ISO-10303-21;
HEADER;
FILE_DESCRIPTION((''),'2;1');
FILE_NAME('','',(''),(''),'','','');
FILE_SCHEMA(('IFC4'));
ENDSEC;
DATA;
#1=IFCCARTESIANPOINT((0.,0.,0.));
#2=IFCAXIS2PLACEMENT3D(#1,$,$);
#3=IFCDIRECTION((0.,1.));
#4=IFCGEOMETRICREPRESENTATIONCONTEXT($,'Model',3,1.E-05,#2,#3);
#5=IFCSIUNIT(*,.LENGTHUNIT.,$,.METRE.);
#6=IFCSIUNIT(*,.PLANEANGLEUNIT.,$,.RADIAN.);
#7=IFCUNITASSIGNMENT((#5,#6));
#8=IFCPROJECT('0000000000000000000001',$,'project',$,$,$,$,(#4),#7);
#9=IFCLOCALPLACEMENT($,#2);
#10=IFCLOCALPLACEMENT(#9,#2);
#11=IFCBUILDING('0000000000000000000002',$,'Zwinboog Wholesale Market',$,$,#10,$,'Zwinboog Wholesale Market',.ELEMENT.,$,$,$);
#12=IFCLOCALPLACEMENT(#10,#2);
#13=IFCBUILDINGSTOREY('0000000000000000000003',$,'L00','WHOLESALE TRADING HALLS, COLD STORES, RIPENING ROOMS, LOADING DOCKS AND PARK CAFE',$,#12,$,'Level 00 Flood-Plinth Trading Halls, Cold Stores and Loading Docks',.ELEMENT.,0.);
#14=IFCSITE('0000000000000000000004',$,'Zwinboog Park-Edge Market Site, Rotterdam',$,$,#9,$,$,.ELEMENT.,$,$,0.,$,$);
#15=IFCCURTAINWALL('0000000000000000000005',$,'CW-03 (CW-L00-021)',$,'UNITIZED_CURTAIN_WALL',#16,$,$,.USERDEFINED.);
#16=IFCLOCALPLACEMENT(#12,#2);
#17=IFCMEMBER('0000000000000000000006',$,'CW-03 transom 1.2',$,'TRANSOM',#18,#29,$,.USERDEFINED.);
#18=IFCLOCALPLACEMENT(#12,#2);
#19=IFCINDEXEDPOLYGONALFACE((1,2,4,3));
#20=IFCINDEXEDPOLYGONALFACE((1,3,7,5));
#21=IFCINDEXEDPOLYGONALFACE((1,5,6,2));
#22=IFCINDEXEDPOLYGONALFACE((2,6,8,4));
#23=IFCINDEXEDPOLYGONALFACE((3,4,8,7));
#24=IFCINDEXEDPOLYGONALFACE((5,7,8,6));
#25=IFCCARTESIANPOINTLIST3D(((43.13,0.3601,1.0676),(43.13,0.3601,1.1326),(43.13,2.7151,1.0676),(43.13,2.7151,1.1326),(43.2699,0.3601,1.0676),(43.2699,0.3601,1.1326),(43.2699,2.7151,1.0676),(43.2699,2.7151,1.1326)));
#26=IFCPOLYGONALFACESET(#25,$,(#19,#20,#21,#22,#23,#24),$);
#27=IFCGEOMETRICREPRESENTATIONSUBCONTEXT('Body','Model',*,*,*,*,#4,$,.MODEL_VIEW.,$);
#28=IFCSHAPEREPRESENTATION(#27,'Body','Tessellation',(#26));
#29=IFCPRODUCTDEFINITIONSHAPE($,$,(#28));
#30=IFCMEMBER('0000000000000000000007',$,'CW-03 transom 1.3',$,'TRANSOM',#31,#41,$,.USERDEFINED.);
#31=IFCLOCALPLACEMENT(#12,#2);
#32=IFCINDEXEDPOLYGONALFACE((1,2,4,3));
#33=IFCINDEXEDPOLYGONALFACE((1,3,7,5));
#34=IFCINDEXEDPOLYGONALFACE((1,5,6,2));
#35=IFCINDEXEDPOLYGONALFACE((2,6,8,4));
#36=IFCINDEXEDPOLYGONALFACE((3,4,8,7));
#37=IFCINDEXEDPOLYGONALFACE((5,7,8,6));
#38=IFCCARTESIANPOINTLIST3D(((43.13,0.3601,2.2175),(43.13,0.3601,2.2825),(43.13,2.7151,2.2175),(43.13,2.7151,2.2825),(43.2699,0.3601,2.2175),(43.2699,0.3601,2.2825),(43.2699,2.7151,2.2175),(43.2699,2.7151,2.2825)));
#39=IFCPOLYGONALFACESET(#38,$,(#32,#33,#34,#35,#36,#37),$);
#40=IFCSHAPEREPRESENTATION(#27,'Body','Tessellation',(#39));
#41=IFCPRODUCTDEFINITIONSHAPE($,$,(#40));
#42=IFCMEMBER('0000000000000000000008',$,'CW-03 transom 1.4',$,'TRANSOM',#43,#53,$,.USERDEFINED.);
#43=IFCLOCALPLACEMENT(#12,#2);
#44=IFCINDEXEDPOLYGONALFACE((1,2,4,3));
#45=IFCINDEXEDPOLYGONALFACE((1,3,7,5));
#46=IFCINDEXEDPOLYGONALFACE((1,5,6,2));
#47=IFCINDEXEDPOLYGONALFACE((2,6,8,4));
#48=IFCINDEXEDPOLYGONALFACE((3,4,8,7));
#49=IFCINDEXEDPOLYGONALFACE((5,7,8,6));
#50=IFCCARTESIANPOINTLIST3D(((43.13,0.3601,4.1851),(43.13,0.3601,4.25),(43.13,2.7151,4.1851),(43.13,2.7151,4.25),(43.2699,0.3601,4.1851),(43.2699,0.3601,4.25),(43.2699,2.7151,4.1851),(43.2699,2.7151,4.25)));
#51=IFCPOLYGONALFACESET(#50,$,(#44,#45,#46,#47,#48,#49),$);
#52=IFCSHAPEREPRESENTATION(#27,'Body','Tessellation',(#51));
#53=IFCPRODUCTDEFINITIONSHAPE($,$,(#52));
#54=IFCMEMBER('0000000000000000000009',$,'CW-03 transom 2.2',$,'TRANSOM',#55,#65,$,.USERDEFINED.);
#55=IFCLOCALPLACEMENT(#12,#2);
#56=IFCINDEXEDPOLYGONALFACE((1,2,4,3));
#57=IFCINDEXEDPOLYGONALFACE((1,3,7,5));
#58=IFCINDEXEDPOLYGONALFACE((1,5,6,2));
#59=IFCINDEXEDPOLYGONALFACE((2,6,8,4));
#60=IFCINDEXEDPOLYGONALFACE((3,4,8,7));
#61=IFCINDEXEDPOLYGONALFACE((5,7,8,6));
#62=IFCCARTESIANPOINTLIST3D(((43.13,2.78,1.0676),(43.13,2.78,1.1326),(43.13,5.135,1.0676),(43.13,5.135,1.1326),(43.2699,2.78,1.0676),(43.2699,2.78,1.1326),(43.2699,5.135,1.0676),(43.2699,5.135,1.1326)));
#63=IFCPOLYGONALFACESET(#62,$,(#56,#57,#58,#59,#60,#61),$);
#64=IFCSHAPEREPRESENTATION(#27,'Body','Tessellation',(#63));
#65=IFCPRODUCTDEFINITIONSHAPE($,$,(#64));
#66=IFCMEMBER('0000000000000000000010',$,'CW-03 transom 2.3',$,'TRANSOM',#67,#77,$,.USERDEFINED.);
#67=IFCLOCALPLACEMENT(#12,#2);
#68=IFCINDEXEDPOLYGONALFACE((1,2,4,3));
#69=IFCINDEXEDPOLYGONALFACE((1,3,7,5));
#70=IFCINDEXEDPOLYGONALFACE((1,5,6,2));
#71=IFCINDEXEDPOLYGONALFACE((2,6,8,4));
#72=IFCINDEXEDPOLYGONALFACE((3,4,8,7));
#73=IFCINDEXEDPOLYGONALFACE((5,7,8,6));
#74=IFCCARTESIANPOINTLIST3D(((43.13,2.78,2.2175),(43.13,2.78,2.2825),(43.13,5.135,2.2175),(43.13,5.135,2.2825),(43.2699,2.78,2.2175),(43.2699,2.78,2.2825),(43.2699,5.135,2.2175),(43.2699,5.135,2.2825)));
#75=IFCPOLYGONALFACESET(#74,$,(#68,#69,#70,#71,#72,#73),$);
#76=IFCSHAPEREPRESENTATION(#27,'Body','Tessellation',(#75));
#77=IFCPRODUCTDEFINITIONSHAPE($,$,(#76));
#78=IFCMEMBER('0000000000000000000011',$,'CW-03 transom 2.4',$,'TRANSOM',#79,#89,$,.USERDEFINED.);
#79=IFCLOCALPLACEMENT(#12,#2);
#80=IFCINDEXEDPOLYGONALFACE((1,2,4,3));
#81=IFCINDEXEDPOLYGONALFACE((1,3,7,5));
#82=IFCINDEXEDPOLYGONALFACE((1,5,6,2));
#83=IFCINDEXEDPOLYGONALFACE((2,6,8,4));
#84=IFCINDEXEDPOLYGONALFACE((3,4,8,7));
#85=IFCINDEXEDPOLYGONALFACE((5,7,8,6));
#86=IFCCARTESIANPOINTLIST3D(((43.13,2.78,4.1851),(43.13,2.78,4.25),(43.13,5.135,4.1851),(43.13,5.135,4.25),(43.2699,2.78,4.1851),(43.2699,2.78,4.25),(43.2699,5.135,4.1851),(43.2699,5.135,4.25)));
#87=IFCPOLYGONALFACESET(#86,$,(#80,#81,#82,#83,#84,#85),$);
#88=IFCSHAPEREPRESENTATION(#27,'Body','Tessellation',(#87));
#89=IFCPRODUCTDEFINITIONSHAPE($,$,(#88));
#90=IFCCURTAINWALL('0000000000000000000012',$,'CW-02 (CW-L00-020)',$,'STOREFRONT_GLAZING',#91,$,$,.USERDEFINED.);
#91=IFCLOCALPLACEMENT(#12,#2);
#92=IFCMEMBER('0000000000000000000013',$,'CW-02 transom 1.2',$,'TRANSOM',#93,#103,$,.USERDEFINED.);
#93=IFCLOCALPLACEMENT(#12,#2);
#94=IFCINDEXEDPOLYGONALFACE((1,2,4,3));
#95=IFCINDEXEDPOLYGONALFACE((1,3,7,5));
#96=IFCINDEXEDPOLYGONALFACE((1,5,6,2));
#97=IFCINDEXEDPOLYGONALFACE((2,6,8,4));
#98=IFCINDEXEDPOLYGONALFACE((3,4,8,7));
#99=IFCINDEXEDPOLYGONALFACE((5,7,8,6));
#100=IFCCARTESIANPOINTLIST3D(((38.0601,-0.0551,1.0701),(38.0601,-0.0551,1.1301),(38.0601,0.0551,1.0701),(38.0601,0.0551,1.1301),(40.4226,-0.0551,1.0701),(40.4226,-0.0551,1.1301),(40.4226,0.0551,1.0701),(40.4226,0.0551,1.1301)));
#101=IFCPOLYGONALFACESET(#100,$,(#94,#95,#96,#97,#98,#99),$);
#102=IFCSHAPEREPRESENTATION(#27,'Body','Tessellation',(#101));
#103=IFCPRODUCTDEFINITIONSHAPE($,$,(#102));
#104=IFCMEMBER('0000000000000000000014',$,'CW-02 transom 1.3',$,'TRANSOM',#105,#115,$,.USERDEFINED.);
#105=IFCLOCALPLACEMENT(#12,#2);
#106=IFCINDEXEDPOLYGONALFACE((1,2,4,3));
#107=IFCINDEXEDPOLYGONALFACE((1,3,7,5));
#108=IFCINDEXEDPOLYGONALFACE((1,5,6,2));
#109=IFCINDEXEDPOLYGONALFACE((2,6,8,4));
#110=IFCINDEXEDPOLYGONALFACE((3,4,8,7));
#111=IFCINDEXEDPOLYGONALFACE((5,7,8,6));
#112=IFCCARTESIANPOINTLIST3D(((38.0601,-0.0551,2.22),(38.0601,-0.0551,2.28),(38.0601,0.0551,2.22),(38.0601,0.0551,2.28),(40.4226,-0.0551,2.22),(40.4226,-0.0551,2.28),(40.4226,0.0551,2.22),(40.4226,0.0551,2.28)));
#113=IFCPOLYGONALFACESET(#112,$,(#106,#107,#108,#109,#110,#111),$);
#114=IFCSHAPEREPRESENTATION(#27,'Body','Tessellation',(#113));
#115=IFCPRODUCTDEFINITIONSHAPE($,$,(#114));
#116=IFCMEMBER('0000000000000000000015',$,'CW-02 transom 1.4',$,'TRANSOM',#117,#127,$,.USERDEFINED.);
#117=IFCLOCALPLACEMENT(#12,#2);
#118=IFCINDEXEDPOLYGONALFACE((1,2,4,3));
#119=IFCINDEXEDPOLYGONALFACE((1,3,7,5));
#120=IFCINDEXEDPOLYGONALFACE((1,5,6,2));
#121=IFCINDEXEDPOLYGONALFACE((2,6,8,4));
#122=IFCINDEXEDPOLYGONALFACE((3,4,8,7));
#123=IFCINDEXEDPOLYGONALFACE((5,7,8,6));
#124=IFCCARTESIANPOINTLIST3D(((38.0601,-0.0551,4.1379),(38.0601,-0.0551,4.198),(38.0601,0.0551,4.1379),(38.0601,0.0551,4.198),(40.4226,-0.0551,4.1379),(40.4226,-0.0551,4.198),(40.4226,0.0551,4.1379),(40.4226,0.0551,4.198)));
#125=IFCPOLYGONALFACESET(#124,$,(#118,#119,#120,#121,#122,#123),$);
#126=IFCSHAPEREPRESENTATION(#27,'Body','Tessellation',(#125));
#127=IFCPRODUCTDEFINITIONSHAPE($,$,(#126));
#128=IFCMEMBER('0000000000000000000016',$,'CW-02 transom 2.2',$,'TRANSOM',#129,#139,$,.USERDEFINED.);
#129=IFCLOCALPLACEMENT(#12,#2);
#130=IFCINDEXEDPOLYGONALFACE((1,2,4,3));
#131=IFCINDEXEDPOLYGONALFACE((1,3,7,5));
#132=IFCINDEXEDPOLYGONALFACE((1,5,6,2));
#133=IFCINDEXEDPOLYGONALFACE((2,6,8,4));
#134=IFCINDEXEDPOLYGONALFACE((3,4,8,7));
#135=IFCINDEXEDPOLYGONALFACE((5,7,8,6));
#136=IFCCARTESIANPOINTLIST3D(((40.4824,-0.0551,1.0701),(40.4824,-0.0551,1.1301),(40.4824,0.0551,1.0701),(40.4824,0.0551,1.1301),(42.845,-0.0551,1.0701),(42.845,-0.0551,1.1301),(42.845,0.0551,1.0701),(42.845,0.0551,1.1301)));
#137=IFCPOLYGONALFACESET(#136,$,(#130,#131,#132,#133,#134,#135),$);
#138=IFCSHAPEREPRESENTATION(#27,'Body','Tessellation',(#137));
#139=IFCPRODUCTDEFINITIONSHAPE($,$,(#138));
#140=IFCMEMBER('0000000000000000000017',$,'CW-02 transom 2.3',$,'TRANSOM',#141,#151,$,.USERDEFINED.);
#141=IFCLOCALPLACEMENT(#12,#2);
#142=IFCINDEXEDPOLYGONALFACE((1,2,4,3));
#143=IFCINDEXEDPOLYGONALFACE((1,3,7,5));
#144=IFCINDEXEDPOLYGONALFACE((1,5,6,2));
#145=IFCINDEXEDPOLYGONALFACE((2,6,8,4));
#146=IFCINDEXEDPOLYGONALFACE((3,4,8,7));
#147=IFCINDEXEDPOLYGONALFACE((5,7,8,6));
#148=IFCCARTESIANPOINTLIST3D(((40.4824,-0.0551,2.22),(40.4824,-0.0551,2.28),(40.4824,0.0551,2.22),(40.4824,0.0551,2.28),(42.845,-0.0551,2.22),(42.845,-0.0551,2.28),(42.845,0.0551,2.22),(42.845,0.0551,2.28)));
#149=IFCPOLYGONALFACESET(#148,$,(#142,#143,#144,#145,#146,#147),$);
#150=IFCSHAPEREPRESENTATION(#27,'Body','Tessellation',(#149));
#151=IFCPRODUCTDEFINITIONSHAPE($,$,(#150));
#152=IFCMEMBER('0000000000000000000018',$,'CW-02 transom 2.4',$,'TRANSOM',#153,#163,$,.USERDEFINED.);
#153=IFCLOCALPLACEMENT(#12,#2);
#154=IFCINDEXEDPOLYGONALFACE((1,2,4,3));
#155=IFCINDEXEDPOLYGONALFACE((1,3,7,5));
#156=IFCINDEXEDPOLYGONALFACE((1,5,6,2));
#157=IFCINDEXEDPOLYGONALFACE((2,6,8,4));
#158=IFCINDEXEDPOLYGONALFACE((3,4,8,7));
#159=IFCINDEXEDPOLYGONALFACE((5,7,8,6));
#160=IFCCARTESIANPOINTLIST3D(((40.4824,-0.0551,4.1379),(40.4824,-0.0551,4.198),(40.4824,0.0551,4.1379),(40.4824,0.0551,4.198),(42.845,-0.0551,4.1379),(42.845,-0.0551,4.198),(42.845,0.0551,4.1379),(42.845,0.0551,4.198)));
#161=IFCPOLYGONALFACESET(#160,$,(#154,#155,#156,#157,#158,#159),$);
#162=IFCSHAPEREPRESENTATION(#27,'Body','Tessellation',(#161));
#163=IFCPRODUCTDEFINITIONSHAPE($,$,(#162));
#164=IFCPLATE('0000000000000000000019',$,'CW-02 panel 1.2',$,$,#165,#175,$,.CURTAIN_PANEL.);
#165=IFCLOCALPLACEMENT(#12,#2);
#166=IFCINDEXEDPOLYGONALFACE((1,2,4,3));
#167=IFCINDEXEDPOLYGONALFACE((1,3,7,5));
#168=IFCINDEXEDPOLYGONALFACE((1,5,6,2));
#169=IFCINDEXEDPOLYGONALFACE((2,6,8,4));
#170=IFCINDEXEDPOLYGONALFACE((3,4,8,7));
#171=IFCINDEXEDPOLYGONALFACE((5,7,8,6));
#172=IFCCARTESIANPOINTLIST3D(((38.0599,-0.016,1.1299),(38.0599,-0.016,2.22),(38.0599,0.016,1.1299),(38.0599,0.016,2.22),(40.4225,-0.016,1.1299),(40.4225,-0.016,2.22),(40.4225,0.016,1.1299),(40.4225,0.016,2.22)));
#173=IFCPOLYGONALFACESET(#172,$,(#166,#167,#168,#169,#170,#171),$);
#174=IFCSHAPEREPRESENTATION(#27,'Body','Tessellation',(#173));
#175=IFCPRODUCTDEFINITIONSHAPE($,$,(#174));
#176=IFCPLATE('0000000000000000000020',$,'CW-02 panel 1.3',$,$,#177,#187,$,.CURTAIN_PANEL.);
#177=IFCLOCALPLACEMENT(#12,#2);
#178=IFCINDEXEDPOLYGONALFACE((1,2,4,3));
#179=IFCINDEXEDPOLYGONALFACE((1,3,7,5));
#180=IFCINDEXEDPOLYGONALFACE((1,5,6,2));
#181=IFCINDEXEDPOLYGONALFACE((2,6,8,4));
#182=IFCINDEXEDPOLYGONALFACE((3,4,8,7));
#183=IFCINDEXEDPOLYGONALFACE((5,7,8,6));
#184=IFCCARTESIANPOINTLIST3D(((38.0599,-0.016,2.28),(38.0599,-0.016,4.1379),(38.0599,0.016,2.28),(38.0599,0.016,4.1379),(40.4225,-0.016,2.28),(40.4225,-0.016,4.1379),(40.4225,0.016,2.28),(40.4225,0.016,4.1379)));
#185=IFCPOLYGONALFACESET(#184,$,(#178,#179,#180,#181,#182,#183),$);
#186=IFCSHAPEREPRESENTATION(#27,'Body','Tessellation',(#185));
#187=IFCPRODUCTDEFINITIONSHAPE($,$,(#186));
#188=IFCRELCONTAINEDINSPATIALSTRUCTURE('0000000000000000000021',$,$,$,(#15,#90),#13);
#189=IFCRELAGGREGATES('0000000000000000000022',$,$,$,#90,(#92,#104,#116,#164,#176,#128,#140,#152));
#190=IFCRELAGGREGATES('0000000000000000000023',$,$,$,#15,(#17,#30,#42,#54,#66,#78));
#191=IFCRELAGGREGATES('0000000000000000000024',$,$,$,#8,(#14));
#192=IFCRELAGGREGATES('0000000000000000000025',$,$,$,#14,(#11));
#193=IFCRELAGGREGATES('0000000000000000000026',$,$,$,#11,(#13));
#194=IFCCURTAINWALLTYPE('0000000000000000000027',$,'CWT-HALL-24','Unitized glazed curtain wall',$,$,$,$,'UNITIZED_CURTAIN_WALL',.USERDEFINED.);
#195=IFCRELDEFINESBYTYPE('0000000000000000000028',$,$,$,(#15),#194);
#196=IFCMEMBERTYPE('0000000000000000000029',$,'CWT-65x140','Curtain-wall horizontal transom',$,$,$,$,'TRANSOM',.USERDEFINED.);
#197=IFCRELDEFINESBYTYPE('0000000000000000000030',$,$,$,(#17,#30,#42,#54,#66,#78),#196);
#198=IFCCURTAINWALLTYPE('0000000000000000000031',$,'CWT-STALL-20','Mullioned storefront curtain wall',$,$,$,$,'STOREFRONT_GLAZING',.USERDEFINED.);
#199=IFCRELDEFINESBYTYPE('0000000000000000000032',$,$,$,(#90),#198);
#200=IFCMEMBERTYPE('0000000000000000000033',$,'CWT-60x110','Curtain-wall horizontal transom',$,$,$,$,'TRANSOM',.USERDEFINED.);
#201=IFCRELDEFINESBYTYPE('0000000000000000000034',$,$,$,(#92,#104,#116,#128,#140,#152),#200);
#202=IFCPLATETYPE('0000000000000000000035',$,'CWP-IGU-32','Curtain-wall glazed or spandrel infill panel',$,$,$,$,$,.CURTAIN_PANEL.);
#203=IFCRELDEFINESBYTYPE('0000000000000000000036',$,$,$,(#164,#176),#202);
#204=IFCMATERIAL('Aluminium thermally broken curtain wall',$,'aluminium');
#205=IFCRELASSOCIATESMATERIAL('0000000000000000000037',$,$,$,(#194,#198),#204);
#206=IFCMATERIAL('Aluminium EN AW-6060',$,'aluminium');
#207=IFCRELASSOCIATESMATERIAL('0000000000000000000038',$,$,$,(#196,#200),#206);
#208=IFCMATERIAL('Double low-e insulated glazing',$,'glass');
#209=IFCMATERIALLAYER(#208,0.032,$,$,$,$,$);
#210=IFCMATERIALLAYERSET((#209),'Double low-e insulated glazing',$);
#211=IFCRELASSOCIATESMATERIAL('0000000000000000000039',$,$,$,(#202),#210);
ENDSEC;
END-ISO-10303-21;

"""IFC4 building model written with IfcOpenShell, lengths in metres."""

from ifc_helpers import new_model, si_unit, direction, frame, origin, origin_2d, place, context, subcontext, project, spatial, rectangle, extrude, material, layer, layer_set, material_profile, profile_set, type_object, element, aggregate, save


model = new_model("IFC4")

# Units and contexts
model_context = context("Model", 3, precision=1e-05, world=origin(), true_north=direction((0.0, 1.0)))
body_context = subcontext(model_context, "Body", "Model", "MODEL_VIEW")
ifc_project = project(units=[si_unit("LENGTHUNIT", "METRE"), si_unit("PLANEANGLEUNIT", "RADIAN")], contexts=[model_context])

# Site, building, storey
site_placement = place(None, origin())
site = spatial("IfcSite", under=ifc_project, at=site_placement, Name="Zwinboog Park-Edge Market Site, Rotterdam", CompositionType="ELEMENT", RefElevation=0.0)
building_placement = place(site_placement, origin())
building = spatial("IfcBuilding", under=site, at=building_placement, Name="Zwinboog Wholesale Market", LongName="Zwinboog Wholesale Market", CompositionType="ELEMENT")
storey_placement = place(building_placement, origin())
storey = spatial("IfcBuildingStorey", under=building, at=storey_placement, Name="L00", Description="WHOLESALE TRADING HALLS, COLD STORES, RIPENING ROOMS, LOADING DOCKS AND PARK CAFE", LongName="Level 00 Flood-Plinth Trading Halls, Cold Stores and Loading Docks", CompositionType="ELEMENT", Elevation=0.0)

# Curtain wall, members
ifc_material_1 = material(Name="Aluminium thermally broken curtain wall", Category="aluminium")
curtain_wall_type_1 = type_object("IfcCurtainWallType", Name="CWT-HALL-24", Description="Unitized glazed curtain wall", ElementType="UNITIZED_CURTAIN_WALL", PredefinedType="USERDEFINED", material=ifc_material_1)
curtain_wall_1_placement = place(storey_placement, origin())
curtain_wall_1 = element("IfcCurtainWall", 1, at=curtain_wall_1_placement, inside=storey, type_object=curtain_wall_type_1, Name="CW-03 (CW-L00-021)", ObjectType="UNITIZED_CURTAIN_WALL", PredefinedType="USERDEFINED")
ifc_material_2 = material(Name="Aluminium EN AW-6060", Category="aluminium")
ifc_material_profile_1 = material_profile(ifc_material_2, rectangle(XDim=0.1399, YDim=0.0649, at=origin_2d()), Name="AL 65x140")
ifc_profile_set_1 = profile_set([ifc_material_profile_1], Name="Aluminium EN AW-6060")
member_type_1 = type_object("IfcMemberType", Name="CWT-65x140", Description="Curtain-wall horizontal transom", ElementType="TRANSOM", PredefinedType="USERDEFINED", material=ifc_profile_set_1)
member_1_placement = place(storey_placement, frame((43.2, 0.3601, 1.1001), z_axis=(0.0, 1.0, 0.0), x_axis=(-1.0, 0.0, 0.0)))
member_1 = element("IfcMember", 2, at=member_1_placement, type_object=member_type_1, Name="CW-03 transom 1.2", ObjectType="TRANSOM", PredefinedType="USERDEFINED", context=body_context, shape_type="SweptSolid", body=[
    extrude(rectangle(XDim=0.1399, YDim=0.0649, at=origin_2d()), origin(), (0.0, 0.0, 1.0), 2.355),
])
member_2_placement = place(storey_placement, frame((43.2, 0.3601, 2.25), z_axis=(0.0, 1.0, 0.0), x_axis=(-1.0, 0.0, 0.0)))
member_2 = element("IfcMember", 3, at=member_2_placement, type_object=member_type_1, Name="CW-03 transom 1.3", ObjectType="TRANSOM", PredefinedType="USERDEFINED", context=body_context, shape_type="SweptSolid", body=[
    extrude(rectangle(XDim=0.1399, YDim=0.0649, at=origin_2d()), origin(), (0.0, 0.0, 1.0), 2.355),
])
member_3_placement = place(storey_placement, frame((43.2, 0.3601, 4.2175), z_axis=(0.0, 1.0, 0.0), x_axis=(-1.0, 0.0, 0.0)))
member_3 = element("IfcMember", 4, at=member_3_placement, type_object=member_type_1, Name="CW-03 transom 1.4", ObjectType="TRANSOM", PredefinedType="USERDEFINED", context=body_context, shape_type="SweptSolid", body=[
    extrude(rectangle(XDim=0.1399, YDim=0.0649, at=origin_2d()), origin(), (0.0, 0.0, 1.0), 2.355),
])
member_4_placement = place(storey_placement, frame((43.2, 2.78, 1.1001), z_axis=(0.0, 1.0, 0.0), x_axis=(-1.0, 0.0, 0.0)))
member_4 = element("IfcMember", 5, at=member_4_placement, type_object=member_type_1, Name="CW-03 transom 2.2", ObjectType="TRANSOM", PredefinedType="USERDEFINED", context=body_context, shape_type="SweptSolid", body=[
    extrude(rectangle(XDim=0.1399, YDim=0.0649, at=origin_2d()), origin(), (0.0, 0.0, 1.0), 2.355),
])
member_5_placement = place(storey_placement, frame((43.2, 2.78, 2.25), z_axis=(0.0, 1.0, 0.0), x_axis=(-1.0, 0.0, 0.0)))
member_5 = element("IfcMember", 6, at=member_5_placement, type_object=member_type_1, Name="CW-03 transom 2.3", ObjectType="TRANSOM", PredefinedType="USERDEFINED", context=body_context, shape_type="SweptSolid", body=[
    extrude(rectangle(XDim=0.1399, YDim=0.0649, at=origin_2d()), origin(), (0.0, 0.0, 1.0), 2.355),
])
member_6_placement = place(storey_placement, frame((43.2, 2.78, 4.2175), z_axis=(0.0, 1.0, 0.0), x_axis=(-1.0, 0.0, 0.0)))
member_6 = element("IfcMember", 7, at=member_6_placement, type_object=member_type_1, Name="CW-03 transom 2.4", ObjectType="TRANSOM", PredefinedType="USERDEFINED", context=body_context, shape_type="SweptSolid", body=[
    extrude(rectangle(XDim=0.1399, YDim=0.0649, at=origin_2d()), origin(), (0.0, 0.0, 1.0), 2.355),
])

# Curtain wall, members, plates
curtain_wall_type_2 = type_object("IfcCurtainWallType", Name="CWT-STALL-20", Description="Mullioned storefront curtain wall", ElementType="STOREFRONT_GLAZING", PredefinedType="USERDEFINED", material=ifc_material_1)
curtain_wall_2_placement = place(storey_placement, origin())
curtain_wall_2 = element("IfcCurtainWall", 8, at=curtain_wall_2_placement, inside=storey, type_object=curtain_wall_type_2, Name="CW-02 (CW-L00-020)", ObjectType="STOREFRONT_GLAZING", PredefinedType="USERDEFINED")
ifc_material_profile_2 = material_profile(ifc_material_2, rectangle(XDim=0.1101, YDim=0.0601, at=origin_2d()), Name="AL 60x110")
ifc_profile_set_2 = profile_set([ifc_material_profile_2], Name="Aluminium EN AW-6060")
member_type_2 = type_object("IfcMemberType", Name="CWT-60x110", Description="Curtain-wall horizontal transom", ElementType="TRANSOM", PredefinedType="USERDEFINED", material=ifc_profile_set_2)
member_7_placement = place(storey_placement, frame((38.0601, 0.0, 1.1001), z_axis=(1.0, 0.0, 0.0), x_axis=(0.0, 1.0, 0.0)))
member_7 = element("IfcMember", 9, at=member_7_placement, type_object=member_type_2, Name="CW-02 transom 1.2", ObjectType="TRANSOM", PredefinedType="USERDEFINED", context=body_context, shape_type="SweptSolid", body=[
    extrude(rectangle(XDim=0.1101, YDim=0.0601, at=origin_2d()), origin(), (0.0, 0.0, 1.0), 2.3625),
])
member_8_placement = place(storey_placement, frame((38.0601, 0.0, 2.25), z_axis=(1.0, 0.0, 0.0), x_axis=(0.0, 1.0, 0.0)))
member_8 = element("IfcMember", 10, at=member_8_placement, type_object=member_type_2, Name="CW-02 transom 1.3", ObjectType="TRANSOM", PredefinedType="USERDEFINED", context=body_context, shape_type="SweptSolid", body=[
    extrude(rectangle(XDim=0.1101, YDim=0.0601, at=origin_2d()), origin(), (0.0, 0.0, 1.0), 2.3625),
])
member_9_placement = place(storey_placement, frame((38.0601, 0.0, 4.168), z_axis=(1.0, 0.0, 0.0), x_axis=(0.0, 1.0, 0.0)))
member_9 = element("IfcMember", 11, at=member_9_placement, type_object=member_type_2, Name="CW-02 transom 1.4", ObjectType="TRANSOM", PredefinedType="USERDEFINED", context=body_context, shape_type="SweptSolid", body=[
    extrude(rectangle(XDim=0.1101, YDim=0.0601, at=origin_2d()), origin(), (0.0, 0.0, 1.0), 2.3625),
])
member_10_placement = place(storey_placement, frame((40.4824, 0.0, 1.1001), z_axis=(1.0, 0.0, 0.0), x_axis=(0.0, 1.0, 0.0)))
member_10 = element("IfcMember", 12, at=member_10_placement, type_object=member_type_2, Name="CW-02 transom 2.2", ObjectType="TRANSOM", PredefinedType="USERDEFINED", context=body_context, shape_type="SweptSolid", body=[
    extrude(rectangle(XDim=0.1101, YDim=0.0601, at=origin_2d()), origin(), (0.0, 0.0, 1.0), 2.3625),
])
member_11_placement = place(storey_placement, frame((40.4824, 0.0, 2.25), z_axis=(1.0, 0.0, 0.0), x_axis=(0.0, 1.0, 0.0)))
member_11 = element("IfcMember", 13, at=member_11_placement, type_object=member_type_2, Name="CW-02 transom 2.3", ObjectType="TRANSOM", PredefinedType="USERDEFINED", context=body_context, shape_type="SweptSolid", body=[
    extrude(rectangle(XDim=0.1101, YDim=0.0601, at=origin_2d()), origin(), (0.0, 0.0, 1.0), 2.3625),
])
member_12_placement = place(storey_placement, frame((40.4824, 0.0, 4.168), z_axis=(1.0, 0.0, 0.0), x_axis=(0.0, 1.0, 0.0)))
member_12 = element("IfcMember", 14, at=member_12_placement, type_object=member_type_2, Name="CW-02 transom 2.4", ObjectType="TRANSOM", PredefinedType="USERDEFINED", context=body_context, shape_type="SweptSolid", body=[
    extrude(rectangle(XDim=0.1101, YDim=0.0601, at=origin_2d()), origin(), (0.0, 0.0, 1.0), 2.3625),
])
ifc_material_3 = material(Name="Double low-e insulated glazing", Category="glass")
ifc_layer = layer(ifc_material_3, 0.032)
ifc_layer_set = layer_set([ifc_layer], Name="Double low-e insulated glazing")
plate_type = type_object("IfcPlateType", Name="CWP-IGU-32", Description="Curtain-wall glazed or spandrel infill panel", PredefinedType="CURTAIN_PANEL", material=ifc_layer_set)
plate_1_placement = place(storey_placement, frame((39.2412, 0.0, 1.1299), z_axis=(0.0, 0.0, 1.0), x_axis=(1.0, 0.0, 0.0)))
plate_1 = element("IfcPlate", 15, at=plate_1_placement, type_object=plate_type, Name="CW-02 panel 1.2", PredefinedType="CURTAIN_PANEL", context=body_context, shape_type="SweptSolid", body=[
    extrude(rectangle(XDim=2.3625, YDim=0.032, at=origin_2d()), origin(), (0.0, 0.0, 1.0), 1.0901),
])
plate_2_placement = place(storey_placement, frame((39.2412, 0.0, 2.28), z_axis=(0.0, 0.0, 1.0), x_axis=(1.0, 0.0, 0.0)))
plate_2 = element("IfcPlate", 16, at=plate_2_placement, type_object=plate_type, Name="CW-02 panel 1.3", PredefinedType="CURTAIN_PANEL", context=body_context, shape_type="SweptSolid", body=[
    extrude(rectangle(XDim=2.3625, YDim=0.032, at=origin_2d()), origin(), (0.0, 0.0, 1.0), 1.8579),
])
aggregate(curtain_wall_2, [member_7, member_8, member_9, plate_1, plate_2, member_10, member_11, member_12])

aggregate(curtain_wall_1, [member_1, member_2, member_3, member_4, member_5, member_6])

save(model, "model.ifc")
